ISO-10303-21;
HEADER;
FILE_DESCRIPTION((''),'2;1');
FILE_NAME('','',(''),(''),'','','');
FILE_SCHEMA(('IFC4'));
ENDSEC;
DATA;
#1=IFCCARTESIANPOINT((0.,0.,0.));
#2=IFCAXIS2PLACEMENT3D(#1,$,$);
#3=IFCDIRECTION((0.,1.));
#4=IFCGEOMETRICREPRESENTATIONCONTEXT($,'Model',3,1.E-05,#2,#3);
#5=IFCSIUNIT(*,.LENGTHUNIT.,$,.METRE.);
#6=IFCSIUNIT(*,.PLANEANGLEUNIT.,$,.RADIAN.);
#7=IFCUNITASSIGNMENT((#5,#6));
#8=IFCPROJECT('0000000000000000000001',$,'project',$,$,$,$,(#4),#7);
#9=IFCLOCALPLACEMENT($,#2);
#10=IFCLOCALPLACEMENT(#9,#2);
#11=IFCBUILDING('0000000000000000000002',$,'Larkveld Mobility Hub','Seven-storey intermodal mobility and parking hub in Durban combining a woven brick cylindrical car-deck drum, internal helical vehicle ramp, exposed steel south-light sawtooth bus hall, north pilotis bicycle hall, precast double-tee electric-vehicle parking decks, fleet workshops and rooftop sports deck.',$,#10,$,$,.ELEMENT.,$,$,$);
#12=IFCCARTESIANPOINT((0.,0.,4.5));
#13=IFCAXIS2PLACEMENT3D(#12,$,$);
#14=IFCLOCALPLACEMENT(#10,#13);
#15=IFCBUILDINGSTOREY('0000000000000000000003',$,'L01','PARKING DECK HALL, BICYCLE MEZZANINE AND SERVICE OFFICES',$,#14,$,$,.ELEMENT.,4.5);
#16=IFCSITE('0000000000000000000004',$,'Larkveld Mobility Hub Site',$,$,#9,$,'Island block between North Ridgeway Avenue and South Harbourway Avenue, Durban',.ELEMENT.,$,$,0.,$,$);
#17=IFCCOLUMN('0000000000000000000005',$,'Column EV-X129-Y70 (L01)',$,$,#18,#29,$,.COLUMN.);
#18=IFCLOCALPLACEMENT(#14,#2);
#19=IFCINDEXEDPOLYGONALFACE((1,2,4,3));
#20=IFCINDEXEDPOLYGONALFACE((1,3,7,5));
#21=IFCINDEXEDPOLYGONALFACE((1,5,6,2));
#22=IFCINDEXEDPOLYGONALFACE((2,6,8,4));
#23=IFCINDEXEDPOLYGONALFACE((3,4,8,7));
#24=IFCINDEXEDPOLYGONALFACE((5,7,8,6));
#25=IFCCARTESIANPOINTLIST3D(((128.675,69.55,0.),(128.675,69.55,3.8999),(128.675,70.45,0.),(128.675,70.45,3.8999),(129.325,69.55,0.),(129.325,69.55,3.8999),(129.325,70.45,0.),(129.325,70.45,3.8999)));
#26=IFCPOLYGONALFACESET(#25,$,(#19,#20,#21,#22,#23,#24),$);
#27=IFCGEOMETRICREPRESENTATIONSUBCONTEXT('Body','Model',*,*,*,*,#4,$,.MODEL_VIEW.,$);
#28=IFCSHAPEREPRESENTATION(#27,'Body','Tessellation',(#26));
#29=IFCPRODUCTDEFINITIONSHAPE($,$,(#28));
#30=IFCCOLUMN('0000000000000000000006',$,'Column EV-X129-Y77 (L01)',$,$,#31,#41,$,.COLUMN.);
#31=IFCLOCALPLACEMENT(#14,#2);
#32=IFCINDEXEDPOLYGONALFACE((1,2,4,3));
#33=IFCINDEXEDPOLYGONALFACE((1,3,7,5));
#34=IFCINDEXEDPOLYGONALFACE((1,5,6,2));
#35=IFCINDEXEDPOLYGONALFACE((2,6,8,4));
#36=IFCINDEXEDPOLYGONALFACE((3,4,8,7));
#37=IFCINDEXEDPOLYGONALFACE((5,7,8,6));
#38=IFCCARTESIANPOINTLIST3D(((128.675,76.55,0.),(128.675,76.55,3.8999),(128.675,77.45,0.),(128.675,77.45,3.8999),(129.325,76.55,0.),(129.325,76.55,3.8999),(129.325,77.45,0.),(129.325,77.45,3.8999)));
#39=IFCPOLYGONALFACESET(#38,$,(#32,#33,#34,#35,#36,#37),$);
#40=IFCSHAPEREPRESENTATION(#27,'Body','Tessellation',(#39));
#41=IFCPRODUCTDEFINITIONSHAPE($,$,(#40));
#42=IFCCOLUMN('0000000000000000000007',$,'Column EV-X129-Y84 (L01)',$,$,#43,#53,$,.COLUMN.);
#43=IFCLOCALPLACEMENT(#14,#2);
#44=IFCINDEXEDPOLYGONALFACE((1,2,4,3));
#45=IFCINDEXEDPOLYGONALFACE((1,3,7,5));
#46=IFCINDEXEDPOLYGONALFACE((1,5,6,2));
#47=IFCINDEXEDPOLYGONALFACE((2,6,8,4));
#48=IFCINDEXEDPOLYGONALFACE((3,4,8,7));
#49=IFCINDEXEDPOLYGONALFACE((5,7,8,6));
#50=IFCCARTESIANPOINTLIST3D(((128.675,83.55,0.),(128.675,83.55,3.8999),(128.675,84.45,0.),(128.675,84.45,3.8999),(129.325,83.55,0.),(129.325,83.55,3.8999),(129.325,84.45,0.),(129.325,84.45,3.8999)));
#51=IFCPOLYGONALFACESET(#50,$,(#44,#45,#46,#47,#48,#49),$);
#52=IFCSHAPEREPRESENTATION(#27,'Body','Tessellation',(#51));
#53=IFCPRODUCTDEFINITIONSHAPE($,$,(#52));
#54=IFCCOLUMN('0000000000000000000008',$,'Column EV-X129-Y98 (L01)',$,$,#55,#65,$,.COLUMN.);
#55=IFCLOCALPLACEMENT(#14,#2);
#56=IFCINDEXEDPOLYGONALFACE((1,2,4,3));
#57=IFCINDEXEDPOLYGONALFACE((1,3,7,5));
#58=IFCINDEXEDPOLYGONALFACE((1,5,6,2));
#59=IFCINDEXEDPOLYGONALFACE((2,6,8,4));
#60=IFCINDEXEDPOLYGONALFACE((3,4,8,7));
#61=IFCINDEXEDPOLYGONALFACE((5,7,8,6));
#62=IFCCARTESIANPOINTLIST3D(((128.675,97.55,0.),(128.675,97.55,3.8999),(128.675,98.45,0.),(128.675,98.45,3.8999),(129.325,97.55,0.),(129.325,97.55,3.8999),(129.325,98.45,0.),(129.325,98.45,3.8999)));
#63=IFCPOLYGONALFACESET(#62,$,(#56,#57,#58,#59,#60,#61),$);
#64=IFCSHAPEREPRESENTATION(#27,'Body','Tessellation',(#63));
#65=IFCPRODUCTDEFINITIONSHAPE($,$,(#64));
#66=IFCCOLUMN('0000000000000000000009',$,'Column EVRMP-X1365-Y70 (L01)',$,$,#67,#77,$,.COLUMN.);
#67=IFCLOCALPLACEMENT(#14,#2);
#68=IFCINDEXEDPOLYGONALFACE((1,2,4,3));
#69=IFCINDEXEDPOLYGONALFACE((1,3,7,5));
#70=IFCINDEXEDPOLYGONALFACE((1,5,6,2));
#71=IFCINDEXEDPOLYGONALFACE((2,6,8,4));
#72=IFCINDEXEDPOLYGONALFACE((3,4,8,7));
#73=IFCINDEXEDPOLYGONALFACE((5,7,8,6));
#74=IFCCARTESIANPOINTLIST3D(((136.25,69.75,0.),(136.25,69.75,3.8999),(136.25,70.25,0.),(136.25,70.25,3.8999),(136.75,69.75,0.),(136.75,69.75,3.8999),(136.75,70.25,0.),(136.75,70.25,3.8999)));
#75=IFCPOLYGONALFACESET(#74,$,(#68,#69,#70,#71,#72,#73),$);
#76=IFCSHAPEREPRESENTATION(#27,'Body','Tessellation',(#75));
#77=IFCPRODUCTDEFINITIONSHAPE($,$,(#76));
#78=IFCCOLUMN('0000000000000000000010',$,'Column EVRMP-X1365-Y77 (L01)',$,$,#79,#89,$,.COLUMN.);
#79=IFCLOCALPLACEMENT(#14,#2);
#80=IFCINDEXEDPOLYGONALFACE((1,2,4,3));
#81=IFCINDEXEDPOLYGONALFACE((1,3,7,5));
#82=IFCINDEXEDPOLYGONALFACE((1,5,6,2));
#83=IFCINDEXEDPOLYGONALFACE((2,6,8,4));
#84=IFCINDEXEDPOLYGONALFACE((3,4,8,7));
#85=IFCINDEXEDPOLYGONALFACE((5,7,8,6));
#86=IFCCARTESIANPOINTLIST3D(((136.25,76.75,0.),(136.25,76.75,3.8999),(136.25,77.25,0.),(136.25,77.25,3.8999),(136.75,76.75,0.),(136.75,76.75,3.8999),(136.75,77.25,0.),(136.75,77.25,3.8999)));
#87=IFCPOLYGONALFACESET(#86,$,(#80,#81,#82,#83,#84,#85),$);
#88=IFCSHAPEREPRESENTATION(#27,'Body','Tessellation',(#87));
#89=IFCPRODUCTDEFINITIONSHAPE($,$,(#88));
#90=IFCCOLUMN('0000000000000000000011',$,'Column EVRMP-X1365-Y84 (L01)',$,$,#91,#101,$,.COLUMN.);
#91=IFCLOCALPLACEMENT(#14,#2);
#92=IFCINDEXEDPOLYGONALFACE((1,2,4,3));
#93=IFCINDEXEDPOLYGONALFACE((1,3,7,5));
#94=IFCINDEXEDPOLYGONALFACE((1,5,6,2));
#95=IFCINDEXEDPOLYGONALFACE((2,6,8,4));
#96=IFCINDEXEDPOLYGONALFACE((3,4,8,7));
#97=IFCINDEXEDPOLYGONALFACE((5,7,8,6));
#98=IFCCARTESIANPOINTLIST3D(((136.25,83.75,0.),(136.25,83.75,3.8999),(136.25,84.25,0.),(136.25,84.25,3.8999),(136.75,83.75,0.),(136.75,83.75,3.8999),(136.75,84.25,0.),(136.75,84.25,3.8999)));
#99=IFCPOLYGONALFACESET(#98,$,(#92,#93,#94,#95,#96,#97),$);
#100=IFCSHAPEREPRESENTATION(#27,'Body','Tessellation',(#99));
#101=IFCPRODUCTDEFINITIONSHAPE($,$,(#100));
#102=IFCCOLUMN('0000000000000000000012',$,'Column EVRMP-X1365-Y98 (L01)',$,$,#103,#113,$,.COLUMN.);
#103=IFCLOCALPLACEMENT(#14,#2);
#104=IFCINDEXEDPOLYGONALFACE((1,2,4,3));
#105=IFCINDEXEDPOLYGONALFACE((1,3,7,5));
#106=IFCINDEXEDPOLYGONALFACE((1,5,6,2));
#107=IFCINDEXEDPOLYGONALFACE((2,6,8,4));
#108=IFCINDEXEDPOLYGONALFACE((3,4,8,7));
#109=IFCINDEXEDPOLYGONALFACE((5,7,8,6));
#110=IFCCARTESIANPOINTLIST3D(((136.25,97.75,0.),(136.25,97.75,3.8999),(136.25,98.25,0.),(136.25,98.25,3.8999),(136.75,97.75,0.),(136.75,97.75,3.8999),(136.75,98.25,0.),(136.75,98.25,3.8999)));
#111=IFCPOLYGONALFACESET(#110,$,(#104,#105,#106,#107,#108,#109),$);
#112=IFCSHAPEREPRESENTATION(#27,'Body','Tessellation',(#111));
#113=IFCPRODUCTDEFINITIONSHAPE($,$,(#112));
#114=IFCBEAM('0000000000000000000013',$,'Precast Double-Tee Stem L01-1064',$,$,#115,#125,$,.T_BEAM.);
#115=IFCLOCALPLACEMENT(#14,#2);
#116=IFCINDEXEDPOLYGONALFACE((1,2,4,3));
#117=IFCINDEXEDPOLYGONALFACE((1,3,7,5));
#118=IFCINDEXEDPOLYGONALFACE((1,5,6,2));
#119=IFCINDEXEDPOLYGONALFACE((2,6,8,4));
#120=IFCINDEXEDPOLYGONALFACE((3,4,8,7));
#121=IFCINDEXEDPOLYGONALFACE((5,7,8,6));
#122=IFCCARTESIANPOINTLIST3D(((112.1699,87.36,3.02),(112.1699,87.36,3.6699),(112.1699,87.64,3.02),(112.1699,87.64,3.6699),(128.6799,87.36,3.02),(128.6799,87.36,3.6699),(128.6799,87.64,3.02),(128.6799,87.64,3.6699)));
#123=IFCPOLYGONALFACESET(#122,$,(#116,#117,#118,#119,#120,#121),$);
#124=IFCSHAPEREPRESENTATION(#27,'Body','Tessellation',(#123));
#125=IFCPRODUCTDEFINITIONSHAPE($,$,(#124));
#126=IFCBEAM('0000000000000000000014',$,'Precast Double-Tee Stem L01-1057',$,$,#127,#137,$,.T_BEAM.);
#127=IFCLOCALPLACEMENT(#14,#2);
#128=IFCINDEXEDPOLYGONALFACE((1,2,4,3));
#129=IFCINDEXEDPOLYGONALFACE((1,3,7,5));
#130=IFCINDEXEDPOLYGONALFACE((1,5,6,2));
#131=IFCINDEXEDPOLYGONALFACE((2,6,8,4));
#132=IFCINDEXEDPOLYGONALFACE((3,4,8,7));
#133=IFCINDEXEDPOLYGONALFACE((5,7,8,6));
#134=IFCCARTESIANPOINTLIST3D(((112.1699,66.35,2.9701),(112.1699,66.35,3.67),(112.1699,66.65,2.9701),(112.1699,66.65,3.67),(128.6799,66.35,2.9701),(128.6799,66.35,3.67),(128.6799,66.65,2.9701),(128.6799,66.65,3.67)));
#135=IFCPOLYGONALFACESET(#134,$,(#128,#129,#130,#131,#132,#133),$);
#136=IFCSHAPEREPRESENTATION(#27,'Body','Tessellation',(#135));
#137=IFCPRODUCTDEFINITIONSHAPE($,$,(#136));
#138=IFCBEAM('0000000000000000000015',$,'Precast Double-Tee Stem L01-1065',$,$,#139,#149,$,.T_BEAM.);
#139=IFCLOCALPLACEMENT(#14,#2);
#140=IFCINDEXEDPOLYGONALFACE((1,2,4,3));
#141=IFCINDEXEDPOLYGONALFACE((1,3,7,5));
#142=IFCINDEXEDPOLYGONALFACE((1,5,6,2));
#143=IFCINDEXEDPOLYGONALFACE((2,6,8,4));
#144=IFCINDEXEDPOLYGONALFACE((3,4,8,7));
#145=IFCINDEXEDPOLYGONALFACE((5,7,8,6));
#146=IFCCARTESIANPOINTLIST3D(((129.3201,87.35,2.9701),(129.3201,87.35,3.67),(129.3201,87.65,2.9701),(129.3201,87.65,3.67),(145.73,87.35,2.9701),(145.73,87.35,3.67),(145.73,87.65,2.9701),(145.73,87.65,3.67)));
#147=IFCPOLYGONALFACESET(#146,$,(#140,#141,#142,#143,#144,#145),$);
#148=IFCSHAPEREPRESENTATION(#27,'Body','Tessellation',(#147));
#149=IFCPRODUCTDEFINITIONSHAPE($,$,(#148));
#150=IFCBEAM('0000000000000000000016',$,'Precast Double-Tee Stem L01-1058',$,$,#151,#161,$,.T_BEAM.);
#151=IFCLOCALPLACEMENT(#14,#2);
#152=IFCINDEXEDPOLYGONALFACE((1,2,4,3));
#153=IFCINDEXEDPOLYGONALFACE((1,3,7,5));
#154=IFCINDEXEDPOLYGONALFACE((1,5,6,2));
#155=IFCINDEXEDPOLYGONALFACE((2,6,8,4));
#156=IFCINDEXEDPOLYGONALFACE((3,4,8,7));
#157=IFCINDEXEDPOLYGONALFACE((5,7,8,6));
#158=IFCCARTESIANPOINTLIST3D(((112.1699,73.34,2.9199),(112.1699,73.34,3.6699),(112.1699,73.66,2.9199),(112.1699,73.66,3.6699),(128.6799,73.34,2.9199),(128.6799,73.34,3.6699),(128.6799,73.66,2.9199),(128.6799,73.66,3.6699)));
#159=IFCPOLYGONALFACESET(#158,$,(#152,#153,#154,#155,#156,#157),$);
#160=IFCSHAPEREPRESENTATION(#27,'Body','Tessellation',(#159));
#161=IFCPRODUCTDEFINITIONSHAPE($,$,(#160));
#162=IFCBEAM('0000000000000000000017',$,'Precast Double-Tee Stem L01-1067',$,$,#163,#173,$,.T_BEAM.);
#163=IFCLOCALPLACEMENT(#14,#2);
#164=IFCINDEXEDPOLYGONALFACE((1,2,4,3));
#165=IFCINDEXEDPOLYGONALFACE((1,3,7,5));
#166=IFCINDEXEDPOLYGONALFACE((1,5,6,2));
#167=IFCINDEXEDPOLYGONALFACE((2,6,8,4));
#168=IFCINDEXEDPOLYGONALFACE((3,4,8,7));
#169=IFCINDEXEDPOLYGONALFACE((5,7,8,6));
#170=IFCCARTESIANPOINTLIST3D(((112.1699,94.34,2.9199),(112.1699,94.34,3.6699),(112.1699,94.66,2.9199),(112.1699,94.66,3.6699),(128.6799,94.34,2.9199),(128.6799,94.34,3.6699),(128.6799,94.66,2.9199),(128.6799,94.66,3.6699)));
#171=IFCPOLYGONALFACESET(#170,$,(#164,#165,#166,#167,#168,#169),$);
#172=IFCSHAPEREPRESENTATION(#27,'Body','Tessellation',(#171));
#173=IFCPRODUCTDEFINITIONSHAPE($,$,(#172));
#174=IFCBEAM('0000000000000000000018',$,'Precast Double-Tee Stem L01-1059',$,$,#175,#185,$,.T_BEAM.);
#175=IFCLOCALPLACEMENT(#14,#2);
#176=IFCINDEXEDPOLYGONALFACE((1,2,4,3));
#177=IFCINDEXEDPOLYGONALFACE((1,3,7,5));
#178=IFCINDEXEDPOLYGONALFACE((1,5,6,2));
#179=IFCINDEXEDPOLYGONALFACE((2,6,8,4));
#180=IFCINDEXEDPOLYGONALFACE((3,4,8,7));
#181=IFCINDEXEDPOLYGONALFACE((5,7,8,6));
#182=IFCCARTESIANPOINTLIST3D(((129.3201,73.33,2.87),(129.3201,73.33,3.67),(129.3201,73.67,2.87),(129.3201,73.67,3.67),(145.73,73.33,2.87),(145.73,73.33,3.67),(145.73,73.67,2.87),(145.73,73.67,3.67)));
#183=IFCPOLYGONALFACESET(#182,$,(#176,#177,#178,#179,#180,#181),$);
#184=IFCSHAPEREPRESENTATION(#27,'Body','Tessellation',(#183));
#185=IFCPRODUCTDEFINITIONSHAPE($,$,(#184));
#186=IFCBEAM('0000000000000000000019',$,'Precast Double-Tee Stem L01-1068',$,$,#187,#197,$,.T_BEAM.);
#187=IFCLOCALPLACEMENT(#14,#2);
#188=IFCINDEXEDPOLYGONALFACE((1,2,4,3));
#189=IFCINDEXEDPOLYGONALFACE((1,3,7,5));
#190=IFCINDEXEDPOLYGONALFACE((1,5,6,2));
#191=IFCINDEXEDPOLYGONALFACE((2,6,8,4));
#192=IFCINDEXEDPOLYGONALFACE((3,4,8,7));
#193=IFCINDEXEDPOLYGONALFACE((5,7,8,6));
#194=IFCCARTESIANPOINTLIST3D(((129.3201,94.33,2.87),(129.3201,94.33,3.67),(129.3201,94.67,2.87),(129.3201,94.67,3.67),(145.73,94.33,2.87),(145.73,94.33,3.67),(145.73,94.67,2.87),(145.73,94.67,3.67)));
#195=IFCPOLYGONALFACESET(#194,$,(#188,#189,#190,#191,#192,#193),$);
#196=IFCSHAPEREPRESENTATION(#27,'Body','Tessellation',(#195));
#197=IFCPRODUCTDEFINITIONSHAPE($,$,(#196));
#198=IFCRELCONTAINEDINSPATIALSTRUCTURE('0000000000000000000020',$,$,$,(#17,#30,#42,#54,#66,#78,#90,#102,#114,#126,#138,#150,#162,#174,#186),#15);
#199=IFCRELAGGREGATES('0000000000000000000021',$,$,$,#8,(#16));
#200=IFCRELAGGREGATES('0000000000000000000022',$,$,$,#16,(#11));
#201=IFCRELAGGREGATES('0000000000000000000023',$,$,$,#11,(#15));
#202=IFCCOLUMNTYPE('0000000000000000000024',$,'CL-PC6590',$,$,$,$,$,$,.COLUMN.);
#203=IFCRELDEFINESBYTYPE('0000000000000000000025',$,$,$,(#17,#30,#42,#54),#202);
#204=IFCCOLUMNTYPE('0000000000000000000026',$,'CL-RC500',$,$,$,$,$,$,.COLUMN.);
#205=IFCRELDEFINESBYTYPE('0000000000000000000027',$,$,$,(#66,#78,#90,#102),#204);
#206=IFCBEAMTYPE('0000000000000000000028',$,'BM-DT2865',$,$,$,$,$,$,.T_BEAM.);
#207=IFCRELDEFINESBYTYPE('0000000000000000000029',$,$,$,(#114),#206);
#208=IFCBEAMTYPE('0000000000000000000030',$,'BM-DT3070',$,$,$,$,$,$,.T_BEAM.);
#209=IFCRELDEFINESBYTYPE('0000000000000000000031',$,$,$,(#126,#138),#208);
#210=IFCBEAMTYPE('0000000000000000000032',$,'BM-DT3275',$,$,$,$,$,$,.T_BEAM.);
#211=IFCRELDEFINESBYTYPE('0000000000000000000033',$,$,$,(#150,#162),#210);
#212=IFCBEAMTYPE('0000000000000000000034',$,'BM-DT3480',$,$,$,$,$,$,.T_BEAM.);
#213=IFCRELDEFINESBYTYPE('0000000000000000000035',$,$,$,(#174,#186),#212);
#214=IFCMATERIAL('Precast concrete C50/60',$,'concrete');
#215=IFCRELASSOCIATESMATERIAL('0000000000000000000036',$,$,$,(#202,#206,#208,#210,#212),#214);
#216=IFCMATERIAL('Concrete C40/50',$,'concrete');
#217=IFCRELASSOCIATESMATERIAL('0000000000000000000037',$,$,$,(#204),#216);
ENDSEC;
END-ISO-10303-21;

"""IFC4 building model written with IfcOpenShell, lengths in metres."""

from ifc_helpers import new_model, si_unit, direction, frame, origin, origin_2d, place, context, subcontext, project, spatial, rectangle, extrude, material, material_profile, profile_set, type_object, element, save


model = new_model("IFC4")

# Units and contexts
model_context = context("Model", 3, precision=1e-05, world=origin(), true_north=direction((0.0, 1.0)))
body_context = subcontext(model_context, "Body", "Model", "MODEL_VIEW")
ifc_project = project(units=[si_unit("LENGTHUNIT", "METRE"), si_unit("PLANEANGLEUNIT", "RADIAN")], contexts=[model_context])

# Site, building, storey
site_placement = place(None, origin())
site = spatial("IfcSite", under=ifc_project, at=site_placement, Name="Larkveld Mobility Hub Site", LongName="Island block between North Ridgeway Avenue and South Harbourway Avenue, Durban", CompositionType="ELEMENT", RefElevation=0.0)
building_placement = place(site_placement, origin())
building = spatial("IfcBuilding", under=site, at=building_placement, Name="Larkveld Mobility Hub", Description="Seven-storey intermodal mobility and parking hub in Durban combining a woven brick cylindrical car-deck drum, internal helical vehicle ramp, exposed steel south-light sawtooth bus hall, north pilotis bicycle hall, precast double-tee electric-vehicle parking decks, fleet workshops and rooftop sports deck.", CompositionType="ELEMENT")
storey_placement = place(building_placement, frame((0.0, 0.0, 4.5)))
storey = spatial("IfcBuildingStorey", under=building, at=storey_placement, Name="L01", Description="PARKING DECK HALL, BICYCLE MEZZANINE AND SERVICE OFFICES", CompositionType="ELEMENT", Elevation=4.5)

# Columns
ifc_material_1 = material(Name="Precast concrete C50/60", Category="concrete")
ifc_material_profile_1 = material_profile(ifc_material_1, rectangle(XDim=0.6499, YDim=0.8999, at=origin_2d()), Name="RC COL 650x900")
ifc_profile_set_1 = profile_set([ifc_material_profile_1], Name="Precast concrete C50/60")
column_type_1 = type_object("IfcColumnType", Name="CL-PC6590", PredefinedType="COLUMN", material=ifc_profile_set_1)
for number, where, z_axis, x_axis, name in (
    (1, (129.0, 70.0, 0.0), (0.0, 0.0, 1.0), (1.0, 0.0, 0.0), "Column EV-X129-Y70 (L01)"),
    (2, (129.0, 77.0, 0.0), (0.0, 0.0, 1.0), (1.0, 0.0, 0.0), "Column EV-X129-Y77 (L01)"),
    (3, (129.0, 84.0, 0.0), (0.0, 0.0, 1.0), (1.0, 0.0, 0.0), "Column EV-X129-Y84 (L01)"),
    (4, (129.0, 98.0, 0.0), (0.0, 0.0, 1.0), (1.0, 0.0, 0.0), "Column EV-X129-Y98 (L01)"),
):
    element("IfcColumn", number, at=place(storey_placement, frame(where, z_axis=z_axis, x_axis=x_axis)), inside=storey, type_object=column_type_1, Name=name, PredefinedType="COLUMN", context=body_context, shape_type="SweptSolid", body=[
        extrude(rectangle(XDim=0.6499, YDim=0.8999, at=origin_2d()), origin(), (0.0, 0.0, 1.0), 3.8999),
    ])
ifc_material_2 = material(Name="Concrete C40/50", Category="concrete")
ifc_material_profile_2 = material_profile(ifc_material_2, rectangle(XDim=0.5, YDim=0.5, at=origin_2d()), Name="RC COL 500x500")
ifc_profile_set_2 = profile_set([ifc_material_profile_2], Name="Concrete C40/50")
column_type_2 = type_object("IfcColumnType", Name="CL-RC500", PredefinedType="COLUMN", material=ifc_profile_set_2)
for number, where, z_axis, x_axis, name in (
    (5, (136.5, 70.0, 0.0), (0.0, 0.0, 1.0), (1.0, 0.0, 0.0), "Column EVRMP-X1365-Y70 (L01)"),
    (6, (136.5, 77.0, 0.0), (0.0, 0.0, 1.0), (1.0, 0.0, 0.0), "Column EVRMP-X1365-Y77 (L01)"),
    (7, (136.5, 84.0, 0.0), (0.0, 0.0, 1.0), (1.0, 0.0, 0.0), "Column EVRMP-X1365-Y84 (L01)"),
    (8, (136.5, 98.0, 0.0), (0.0, 0.0, 1.0), (1.0, 0.0, 0.0), "Column EVRMP-X1365-Y98 (L01)"),
):
    element("IfcColumn", number, at=place(storey_placement, frame(where, z_axis=z_axis, x_axis=x_axis)), inside=storey, type_object=column_type_2, Name=name, PredefinedType="COLUMN", context=body_context, shape_type="SweptSolid", body=[
        extrude(rectangle(XDim=0.5, YDim=0.5, at=origin_2d()), origin(), (0.0, 0.0, 1.0), 3.8999),
    ])

# Beams
ifc_material_profile_3 = material_profile(ifc_material_1, rectangle(XDim=0.28, YDim=0.6499, at=origin_2d()), Name="PC DT 280x650")
ifc_profile_set_3 = profile_set([ifc_material_profile_3], Name="Precast concrete C50/60")
beam_type_1 = type_object("IfcBeamType", Name="BM-DT2865", PredefinedType="T_BEAM", material=ifc_profile_set_3)
beam_1_placement = place(storey_placement, frame((112.1699, 87.5, 3.345), z_axis=(1.0, 0.0, 0.0), x_axis=(0.0, 1.0, 0.0)))
element("IfcBeam", 9, at=beam_1_placement, inside=storey, type_object=beam_type_1, Name="Precast Double-Tee Stem L01-1064", PredefinedType="T_BEAM", context=body_context, shape_type="SweptSolid", body=[
    extrude(rectangle(XDim=0.28, YDim=0.6499, at=origin_2d()), origin(), (0.0, 0.0, 1.0), 16.51),
])
ifc_material_profile_4 = material_profile(ifc_material_1, rectangle(XDim=0.3, YDim=0.7, at=origin_2d()), Name="PC DT 300x700")
ifc_profile_set_4 = profile_set([ifc_material_profile_4], Name="Precast concrete C50/60")
beam_type_2 = type_object("IfcBeamType", Name="BM-DT3070", PredefinedType="T_BEAM", material=ifc_profile_set_4)
beam_2_placement = place(storey_placement, frame((112.1699, 66.5, 3.3201), z_axis=(1.0, 0.0, 0.0), x_axis=(0.0, 1.0, 0.0)))
element("IfcBeam", 10, at=beam_2_placement, inside=storey, type_object=beam_type_2, Name="Precast Double-Tee Stem L01-1057", PredefinedType="T_BEAM", context=body_context, shape_type="SweptSolid", body=[
    extrude(rectangle(XDim=0.3, YDim=0.7, at=origin_2d()), origin(), (0.0, 0.0, 1.0), 16.51),
])
beam_3_placement = place(storey_placement, frame((129.3201, 87.5, 3.3201), z_axis=(1.0, 0.0, 0.0), x_axis=(0.0, 1.0, 0.0)))
element("IfcBeam", 11, at=beam_3_placement, inside=storey, type_object=beam_type_2, Name="Precast Double-Tee Stem L01-1065", PredefinedType="T_BEAM", context=body_context, shape_type="SweptSolid", body=[
    extrude(rectangle(XDim=0.3, YDim=0.7, at=origin_2d()), origin(), (0.0, 0.0, 1.0), 16.4099),
])
ifc_material_profile_5 = material_profile(ifc_material_1, rectangle(XDim=0.3201, YDim=0.75, at=origin_2d()), Name="PC DT 320x750")
ifc_profile_set_5 = profile_set([ifc_material_profile_5], Name="Precast concrete C50/60")
beam_type_3 = type_object("IfcBeamType", Name="BM-DT3275", PredefinedType="T_BEAM", material=ifc_profile_set_5)
for number, where, z_axis, x_axis, name in (
    (12, (112.1699, 73.5, 3.2949), (1.0, 0.0, 0.0), (0.0, 1.0, 0.0), "Precast Double-Tee Stem L01-1058"),
    (13, (112.1699, 94.5, 3.2949), (1.0, 0.0, 0.0), (0.0, 1.0, 0.0), "Precast Double-Tee Stem L01-1067"),
):
    element("IfcBeam", number, at=place(storey_placement, frame(where, z_axis=z_axis, x_axis=x_axis)), inside=storey, type_object=beam_type_3, Name=name, PredefinedType="T_BEAM", context=body_context, shape_type="SweptSolid", body=[
        extrude(rectangle(XDim=0.3201, YDim=0.75, at=origin_2d()), origin(), (0.0, 0.0, 1.0), 16.51),
    ])
ifc_material_profile_6 = material_profile(ifc_material_1, rectangle(XDim=0.3401, YDim=0.8, at=origin_2d()), Name="PC DT 340x800")
ifc_profile_set_6 = profile_set([ifc_material_profile_6], Name="Precast concrete C50/60")
beam_type_4 = type_object("IfcBeamType", Name="BM-DT3480", PredefinedType="T_BEAM", material=ifc_profile_set_6)
for number, where, z_axis, x_axis, name in (
    (14, (129.3201, 73.5, 3.27), (1.0, 0.0, 0.0), (0.0, 1.0, 0.0), "Precast Double-Tee Stem L01-1059"),
    (15, (129.3201, 94.5, 3.27), (1.0, 0.0, 0.0), (0.0, 1.0, 0.0), "Precast Double-Tee Stem L01-1068"),
):
    element("IfcBeam", number, at=place(storey_placement, frame(where, z_axis=z_axis, x_axis=x_axis)), inside=storey, type_object=beam_type_4, Name=name, PredefinedType="T_BEAM", context=body_context, shape_type="SweptSolid", body=[
        extrude(rectangle(XDim=0.3401, YDim=0.8, at=origin_2d()), origin(), (0.0, 0.0, 1.0), 16.4099),
    ])

save(model, "model.ifc")
